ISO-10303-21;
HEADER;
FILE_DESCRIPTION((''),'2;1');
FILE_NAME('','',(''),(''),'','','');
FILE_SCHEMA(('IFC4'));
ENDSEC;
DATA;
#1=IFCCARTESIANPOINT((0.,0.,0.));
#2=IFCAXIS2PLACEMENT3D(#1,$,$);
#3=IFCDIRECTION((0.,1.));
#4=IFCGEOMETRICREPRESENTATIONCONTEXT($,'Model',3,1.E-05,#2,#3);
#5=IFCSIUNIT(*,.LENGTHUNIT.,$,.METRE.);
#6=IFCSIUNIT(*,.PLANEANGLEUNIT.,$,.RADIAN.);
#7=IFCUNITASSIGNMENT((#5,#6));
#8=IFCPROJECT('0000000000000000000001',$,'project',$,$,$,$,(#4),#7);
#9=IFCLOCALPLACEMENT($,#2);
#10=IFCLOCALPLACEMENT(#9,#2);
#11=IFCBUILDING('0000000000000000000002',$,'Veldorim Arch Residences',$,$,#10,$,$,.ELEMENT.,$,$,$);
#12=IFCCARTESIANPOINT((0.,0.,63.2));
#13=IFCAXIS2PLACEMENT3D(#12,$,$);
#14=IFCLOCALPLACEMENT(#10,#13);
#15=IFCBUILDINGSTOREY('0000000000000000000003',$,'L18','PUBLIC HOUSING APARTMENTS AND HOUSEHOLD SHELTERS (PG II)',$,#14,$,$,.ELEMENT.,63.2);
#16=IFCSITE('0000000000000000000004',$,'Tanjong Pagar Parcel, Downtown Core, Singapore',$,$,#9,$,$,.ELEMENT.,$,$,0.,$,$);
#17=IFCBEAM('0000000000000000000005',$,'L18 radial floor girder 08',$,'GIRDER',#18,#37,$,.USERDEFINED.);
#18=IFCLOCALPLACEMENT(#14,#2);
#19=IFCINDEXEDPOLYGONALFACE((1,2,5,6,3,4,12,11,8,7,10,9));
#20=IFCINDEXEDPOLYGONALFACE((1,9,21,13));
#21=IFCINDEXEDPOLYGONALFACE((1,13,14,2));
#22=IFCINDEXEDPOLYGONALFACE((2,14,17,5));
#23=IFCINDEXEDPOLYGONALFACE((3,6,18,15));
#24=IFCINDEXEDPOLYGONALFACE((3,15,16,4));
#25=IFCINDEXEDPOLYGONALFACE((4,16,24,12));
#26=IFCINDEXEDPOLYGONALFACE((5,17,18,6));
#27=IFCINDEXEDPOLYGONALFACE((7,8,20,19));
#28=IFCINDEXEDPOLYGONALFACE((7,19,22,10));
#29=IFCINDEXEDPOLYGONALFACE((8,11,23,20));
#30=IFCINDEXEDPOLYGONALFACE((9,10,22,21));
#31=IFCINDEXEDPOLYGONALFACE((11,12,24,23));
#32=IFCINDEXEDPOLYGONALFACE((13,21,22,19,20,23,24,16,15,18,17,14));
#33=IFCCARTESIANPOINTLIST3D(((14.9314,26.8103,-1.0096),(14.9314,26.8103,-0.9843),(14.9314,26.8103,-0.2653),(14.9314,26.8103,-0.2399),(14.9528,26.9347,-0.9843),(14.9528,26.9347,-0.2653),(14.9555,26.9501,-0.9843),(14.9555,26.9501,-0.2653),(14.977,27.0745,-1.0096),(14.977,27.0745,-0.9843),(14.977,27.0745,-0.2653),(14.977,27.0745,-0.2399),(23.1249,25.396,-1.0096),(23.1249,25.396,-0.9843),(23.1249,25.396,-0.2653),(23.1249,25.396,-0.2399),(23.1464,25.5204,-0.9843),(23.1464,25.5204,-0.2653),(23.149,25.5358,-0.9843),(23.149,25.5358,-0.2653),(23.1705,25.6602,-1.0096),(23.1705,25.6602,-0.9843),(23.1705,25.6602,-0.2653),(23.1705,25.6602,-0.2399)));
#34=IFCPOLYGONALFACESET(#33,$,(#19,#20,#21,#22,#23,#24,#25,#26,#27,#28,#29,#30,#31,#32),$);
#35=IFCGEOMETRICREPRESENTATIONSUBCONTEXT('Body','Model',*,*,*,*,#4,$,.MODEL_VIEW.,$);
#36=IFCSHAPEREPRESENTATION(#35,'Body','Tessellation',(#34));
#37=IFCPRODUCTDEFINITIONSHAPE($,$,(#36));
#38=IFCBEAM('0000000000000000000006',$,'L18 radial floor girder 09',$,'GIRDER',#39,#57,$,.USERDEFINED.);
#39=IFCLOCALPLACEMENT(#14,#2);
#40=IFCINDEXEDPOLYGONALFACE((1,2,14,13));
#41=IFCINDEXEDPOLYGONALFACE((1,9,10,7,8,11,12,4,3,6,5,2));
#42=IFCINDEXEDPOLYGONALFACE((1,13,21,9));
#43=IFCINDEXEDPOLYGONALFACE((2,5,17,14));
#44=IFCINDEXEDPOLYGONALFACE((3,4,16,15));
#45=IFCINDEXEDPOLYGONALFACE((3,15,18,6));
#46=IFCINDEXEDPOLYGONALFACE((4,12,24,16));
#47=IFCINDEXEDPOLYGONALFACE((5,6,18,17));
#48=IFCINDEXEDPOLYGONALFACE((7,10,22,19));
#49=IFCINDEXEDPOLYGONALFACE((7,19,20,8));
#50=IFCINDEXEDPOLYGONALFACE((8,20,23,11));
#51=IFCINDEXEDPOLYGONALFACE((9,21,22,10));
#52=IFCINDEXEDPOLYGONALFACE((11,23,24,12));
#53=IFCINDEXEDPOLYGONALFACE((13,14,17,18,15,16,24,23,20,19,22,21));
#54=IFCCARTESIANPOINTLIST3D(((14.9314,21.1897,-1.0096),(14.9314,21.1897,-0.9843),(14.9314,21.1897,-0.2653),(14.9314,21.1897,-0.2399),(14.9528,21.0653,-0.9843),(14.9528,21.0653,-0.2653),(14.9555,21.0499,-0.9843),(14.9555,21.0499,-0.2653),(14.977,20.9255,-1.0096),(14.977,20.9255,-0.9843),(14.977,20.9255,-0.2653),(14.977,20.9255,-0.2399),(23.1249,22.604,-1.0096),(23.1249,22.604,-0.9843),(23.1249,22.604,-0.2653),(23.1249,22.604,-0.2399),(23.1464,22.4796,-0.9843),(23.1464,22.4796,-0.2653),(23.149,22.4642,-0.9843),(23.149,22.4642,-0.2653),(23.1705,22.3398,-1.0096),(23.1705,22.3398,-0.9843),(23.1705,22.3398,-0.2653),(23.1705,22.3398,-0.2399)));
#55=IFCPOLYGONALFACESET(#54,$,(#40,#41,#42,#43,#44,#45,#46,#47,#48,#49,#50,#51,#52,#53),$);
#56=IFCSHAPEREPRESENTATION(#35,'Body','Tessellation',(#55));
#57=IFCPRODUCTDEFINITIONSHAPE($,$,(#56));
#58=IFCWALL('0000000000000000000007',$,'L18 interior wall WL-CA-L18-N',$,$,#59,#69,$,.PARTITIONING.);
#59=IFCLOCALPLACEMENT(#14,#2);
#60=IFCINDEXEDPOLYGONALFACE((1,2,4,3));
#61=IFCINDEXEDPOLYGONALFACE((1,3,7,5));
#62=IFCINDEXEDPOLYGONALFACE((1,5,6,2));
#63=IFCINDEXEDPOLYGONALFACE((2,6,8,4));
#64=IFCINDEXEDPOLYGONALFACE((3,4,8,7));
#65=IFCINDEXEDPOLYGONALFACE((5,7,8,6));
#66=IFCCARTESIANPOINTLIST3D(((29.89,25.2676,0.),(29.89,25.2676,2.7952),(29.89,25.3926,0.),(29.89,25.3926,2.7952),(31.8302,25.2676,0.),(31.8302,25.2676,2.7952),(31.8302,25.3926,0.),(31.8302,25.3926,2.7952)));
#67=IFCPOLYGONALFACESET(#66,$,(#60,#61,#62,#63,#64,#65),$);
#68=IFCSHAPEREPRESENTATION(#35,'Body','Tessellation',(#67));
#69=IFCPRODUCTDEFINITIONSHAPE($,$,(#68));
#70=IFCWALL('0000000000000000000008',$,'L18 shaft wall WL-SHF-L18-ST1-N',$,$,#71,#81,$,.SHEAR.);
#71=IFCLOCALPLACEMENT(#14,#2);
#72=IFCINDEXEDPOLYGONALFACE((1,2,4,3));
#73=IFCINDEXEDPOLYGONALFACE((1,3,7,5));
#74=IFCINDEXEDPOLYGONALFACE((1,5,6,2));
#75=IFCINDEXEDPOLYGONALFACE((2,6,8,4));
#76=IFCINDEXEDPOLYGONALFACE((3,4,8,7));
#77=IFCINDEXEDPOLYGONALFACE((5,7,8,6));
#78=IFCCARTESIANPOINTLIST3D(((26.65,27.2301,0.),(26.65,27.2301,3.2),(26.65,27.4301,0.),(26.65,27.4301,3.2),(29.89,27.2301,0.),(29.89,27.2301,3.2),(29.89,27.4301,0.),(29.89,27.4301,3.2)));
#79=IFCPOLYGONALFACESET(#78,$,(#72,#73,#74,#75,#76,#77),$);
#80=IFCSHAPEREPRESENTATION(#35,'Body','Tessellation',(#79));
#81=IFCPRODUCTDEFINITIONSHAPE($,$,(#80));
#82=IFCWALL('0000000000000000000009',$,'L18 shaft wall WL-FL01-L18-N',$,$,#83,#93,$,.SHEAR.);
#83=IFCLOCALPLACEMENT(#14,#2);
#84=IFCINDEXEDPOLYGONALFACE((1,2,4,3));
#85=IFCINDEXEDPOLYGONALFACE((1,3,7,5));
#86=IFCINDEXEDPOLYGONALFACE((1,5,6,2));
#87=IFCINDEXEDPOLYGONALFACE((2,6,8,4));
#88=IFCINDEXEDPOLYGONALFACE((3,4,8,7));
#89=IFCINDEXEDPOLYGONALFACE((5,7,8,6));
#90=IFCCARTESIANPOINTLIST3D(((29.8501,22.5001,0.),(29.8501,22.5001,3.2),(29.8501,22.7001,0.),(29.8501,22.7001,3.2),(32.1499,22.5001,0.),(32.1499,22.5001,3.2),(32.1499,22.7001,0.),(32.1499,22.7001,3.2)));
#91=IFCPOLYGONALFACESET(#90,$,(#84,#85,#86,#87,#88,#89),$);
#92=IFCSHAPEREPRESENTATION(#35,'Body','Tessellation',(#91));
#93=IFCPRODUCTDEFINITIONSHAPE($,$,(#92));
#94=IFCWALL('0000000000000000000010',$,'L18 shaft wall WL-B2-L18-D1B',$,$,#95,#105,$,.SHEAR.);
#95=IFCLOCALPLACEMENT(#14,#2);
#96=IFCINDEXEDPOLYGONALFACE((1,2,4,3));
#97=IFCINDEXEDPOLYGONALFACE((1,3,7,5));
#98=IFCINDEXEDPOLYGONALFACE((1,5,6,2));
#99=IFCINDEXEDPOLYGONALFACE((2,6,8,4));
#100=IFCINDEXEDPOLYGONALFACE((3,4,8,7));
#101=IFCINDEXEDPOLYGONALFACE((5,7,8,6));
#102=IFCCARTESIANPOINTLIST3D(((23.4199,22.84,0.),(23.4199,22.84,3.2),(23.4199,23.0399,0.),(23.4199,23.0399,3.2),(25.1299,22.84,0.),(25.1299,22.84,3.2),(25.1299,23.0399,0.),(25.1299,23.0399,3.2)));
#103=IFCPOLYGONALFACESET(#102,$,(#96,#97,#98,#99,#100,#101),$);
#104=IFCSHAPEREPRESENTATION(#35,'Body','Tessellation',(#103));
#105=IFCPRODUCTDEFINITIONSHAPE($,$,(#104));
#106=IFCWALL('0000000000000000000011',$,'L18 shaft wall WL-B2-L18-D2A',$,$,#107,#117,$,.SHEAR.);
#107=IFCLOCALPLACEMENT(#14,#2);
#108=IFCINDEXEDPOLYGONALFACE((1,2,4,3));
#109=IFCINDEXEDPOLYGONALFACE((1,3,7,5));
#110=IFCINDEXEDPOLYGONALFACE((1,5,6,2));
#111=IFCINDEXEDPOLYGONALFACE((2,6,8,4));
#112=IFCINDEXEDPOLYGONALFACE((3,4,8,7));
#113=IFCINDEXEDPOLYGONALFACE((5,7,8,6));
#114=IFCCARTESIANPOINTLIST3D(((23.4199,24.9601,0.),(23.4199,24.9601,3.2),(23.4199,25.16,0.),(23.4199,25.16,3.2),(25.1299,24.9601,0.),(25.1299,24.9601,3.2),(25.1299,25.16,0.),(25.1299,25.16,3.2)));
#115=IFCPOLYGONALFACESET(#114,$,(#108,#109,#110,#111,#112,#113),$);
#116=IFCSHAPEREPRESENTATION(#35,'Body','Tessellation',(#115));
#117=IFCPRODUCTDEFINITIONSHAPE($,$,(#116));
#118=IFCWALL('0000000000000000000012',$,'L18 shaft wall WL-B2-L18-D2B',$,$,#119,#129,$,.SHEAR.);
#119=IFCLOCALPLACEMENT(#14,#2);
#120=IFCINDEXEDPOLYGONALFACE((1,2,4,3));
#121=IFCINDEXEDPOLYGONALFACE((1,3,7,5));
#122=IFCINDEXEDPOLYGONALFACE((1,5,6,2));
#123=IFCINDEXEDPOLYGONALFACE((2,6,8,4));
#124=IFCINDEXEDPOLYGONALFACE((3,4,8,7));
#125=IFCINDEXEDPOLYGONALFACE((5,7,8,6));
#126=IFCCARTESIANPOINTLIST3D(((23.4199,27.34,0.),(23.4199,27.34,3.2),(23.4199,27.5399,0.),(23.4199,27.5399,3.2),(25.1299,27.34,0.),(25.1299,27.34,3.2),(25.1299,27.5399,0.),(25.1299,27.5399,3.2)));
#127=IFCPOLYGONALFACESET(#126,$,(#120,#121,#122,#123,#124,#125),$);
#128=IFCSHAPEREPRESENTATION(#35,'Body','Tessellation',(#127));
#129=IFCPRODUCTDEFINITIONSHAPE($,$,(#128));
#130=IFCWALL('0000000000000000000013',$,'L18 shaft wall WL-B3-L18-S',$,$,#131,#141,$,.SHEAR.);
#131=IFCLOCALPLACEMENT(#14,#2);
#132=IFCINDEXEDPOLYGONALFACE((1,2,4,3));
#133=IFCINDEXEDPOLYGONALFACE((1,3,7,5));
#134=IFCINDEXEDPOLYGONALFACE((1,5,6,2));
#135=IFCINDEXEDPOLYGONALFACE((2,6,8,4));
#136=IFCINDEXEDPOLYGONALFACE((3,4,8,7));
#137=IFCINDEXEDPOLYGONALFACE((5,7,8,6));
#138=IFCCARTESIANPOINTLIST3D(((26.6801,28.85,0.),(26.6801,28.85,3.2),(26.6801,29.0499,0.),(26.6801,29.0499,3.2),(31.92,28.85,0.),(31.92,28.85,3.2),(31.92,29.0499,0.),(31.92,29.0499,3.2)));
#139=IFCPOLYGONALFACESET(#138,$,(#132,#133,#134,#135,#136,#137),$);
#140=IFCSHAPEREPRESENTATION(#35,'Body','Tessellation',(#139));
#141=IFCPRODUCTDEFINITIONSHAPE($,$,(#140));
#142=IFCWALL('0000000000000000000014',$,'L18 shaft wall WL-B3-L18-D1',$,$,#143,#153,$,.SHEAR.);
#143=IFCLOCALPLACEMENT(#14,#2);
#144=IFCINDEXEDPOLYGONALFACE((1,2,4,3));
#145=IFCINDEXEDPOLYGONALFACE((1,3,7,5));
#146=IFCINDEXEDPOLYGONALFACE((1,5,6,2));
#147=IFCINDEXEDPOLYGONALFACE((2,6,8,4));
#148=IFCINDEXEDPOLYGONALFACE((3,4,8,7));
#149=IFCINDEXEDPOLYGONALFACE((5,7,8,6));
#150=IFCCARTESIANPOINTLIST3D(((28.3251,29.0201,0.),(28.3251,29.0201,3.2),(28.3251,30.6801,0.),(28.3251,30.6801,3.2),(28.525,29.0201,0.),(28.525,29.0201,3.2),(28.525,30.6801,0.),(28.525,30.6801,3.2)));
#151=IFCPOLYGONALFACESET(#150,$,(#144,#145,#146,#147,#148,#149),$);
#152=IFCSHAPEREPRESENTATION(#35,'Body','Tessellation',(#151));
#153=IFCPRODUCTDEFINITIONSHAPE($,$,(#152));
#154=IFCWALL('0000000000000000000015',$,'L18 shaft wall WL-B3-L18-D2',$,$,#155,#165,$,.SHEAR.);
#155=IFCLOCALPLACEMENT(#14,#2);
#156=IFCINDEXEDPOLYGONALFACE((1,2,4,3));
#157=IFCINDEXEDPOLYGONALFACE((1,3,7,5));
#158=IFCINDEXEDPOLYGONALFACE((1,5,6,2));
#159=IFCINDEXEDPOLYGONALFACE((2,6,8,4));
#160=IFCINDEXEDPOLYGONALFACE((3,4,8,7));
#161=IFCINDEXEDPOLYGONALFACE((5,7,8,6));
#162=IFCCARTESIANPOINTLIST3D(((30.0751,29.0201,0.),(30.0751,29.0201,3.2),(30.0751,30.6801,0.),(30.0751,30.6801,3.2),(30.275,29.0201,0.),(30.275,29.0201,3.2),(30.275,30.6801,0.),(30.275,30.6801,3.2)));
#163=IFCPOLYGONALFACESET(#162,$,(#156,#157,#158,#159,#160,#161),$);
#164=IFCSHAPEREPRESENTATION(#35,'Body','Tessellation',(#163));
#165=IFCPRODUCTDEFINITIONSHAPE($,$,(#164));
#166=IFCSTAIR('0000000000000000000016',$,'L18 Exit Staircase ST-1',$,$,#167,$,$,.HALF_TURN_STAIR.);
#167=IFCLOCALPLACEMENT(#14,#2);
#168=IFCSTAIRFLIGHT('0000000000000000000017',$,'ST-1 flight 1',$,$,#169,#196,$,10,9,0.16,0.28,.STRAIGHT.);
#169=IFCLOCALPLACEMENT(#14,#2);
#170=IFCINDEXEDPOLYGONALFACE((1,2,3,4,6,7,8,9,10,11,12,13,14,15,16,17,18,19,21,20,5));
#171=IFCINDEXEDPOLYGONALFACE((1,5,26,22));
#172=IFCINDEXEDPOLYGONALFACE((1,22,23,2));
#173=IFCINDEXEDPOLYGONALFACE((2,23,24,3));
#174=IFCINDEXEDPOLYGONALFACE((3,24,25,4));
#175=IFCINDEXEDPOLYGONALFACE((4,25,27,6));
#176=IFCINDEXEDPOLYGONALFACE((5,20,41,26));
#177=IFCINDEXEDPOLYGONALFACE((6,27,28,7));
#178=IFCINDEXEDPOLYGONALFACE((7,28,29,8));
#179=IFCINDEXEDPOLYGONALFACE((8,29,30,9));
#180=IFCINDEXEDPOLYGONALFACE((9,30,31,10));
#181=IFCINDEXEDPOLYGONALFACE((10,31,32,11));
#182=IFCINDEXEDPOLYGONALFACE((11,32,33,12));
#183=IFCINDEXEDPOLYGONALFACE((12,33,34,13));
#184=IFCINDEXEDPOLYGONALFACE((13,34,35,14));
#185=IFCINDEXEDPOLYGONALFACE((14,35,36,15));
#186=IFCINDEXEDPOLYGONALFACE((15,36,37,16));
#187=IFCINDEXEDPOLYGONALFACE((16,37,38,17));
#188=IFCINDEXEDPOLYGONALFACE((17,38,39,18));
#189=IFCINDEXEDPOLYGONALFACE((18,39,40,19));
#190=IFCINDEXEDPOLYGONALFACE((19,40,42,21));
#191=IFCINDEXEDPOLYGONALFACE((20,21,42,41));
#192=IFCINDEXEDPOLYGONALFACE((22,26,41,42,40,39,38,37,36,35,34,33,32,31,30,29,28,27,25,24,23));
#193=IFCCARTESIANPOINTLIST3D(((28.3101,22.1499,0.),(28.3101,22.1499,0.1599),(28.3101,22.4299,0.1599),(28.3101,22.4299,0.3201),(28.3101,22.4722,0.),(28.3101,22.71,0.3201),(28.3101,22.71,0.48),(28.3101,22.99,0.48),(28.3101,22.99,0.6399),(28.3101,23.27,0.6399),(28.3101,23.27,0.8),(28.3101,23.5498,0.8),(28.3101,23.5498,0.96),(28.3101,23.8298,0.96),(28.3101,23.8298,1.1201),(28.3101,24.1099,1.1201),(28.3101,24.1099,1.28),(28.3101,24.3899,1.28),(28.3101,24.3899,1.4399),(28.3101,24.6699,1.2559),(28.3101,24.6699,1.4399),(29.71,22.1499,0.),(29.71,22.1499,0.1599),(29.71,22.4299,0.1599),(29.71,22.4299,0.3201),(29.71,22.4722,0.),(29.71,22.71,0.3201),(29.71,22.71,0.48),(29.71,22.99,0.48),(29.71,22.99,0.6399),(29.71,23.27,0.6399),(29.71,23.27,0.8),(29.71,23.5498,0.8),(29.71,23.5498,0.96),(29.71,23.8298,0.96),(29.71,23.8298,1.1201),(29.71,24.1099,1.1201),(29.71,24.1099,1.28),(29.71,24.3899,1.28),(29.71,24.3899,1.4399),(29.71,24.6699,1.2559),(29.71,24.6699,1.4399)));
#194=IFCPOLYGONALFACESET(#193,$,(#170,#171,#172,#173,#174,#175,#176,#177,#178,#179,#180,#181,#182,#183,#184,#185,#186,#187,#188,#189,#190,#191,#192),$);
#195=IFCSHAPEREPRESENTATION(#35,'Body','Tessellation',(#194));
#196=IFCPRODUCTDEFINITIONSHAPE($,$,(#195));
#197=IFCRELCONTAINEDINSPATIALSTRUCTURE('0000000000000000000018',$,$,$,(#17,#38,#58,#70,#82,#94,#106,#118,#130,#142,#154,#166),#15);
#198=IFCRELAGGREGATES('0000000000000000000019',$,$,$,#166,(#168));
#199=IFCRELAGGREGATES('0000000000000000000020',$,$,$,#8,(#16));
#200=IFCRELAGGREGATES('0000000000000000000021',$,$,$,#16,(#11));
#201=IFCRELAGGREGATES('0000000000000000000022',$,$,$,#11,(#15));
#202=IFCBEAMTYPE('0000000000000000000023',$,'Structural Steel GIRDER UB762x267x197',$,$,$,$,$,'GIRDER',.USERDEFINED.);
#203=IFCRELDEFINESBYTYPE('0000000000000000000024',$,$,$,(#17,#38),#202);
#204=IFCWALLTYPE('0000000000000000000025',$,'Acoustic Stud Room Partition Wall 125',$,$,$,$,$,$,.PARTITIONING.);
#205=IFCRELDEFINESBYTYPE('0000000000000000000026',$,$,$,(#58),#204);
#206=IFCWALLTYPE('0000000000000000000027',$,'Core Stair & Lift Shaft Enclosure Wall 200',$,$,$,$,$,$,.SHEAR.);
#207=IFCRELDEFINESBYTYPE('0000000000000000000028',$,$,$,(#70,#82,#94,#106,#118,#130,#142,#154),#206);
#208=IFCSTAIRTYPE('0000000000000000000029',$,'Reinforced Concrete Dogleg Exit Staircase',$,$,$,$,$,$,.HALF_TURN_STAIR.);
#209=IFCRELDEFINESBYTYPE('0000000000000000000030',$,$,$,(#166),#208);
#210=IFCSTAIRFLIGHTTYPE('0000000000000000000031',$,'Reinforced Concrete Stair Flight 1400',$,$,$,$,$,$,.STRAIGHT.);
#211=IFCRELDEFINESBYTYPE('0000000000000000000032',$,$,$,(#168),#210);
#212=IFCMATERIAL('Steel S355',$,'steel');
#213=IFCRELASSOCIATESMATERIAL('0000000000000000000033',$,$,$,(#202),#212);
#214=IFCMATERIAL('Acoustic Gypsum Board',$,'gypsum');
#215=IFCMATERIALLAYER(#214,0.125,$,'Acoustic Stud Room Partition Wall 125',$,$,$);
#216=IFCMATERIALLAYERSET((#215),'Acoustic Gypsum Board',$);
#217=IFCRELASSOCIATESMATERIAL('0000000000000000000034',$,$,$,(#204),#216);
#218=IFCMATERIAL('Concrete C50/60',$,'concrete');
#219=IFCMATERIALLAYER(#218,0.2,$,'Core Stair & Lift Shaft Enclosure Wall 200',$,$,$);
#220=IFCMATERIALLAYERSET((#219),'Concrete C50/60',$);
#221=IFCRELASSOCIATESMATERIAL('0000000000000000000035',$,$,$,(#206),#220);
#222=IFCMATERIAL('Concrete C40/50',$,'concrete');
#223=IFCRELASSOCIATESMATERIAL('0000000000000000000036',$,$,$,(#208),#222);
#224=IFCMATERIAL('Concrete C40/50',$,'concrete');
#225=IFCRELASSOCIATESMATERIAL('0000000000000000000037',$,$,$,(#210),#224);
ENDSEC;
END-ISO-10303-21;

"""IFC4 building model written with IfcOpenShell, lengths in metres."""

from ifc_helpers import new_model, si_unit, direction, frame, frame_2d, origin, origin_2d, place, context, subcontext, project, spatial, polyline, rectangle, i_section, outline, extrude, material, layer, layer_set, material_profile, profile_set, type_object, element, aggregate, save


model = new_model("IFC4")

# Units and contexts
model_context = context("Model", 3, precision=1e-05, world=origin(), true_north=direction((0.0, 1.0)))
body_context = subcontext(model_context, "Body", "Model", "MODEL_VIEW")
ifc_project = project(units=[si_unit("LENGTHUNIT", "METRE"), si_unit("PLANEANGLEUNIT", "RADIAN")], contexts=[model_context])

# Site, building, storey
site_placement = place(None, origin())
site = spatial("IfcSite", under=ifc_project, at=site_placement, Name="Tanjong Pagar Parcel, Downtown Core, Singapore", CompositionType="ELEMENT", RefElevation=0.0)
building_placement = place(site_placement, origin())
building = spatial("IfcBuilding", under=site, at=building_placement, Name="Veldorim Arch Residences", CompositionType="ELEMENT")
storey_placement = place(building_placement, frame((0.0, 0.0, 63.2)))
storey = spatial("IfcBuildingStorey", under=building, at=storey_placement, Name="L18", Description="PUBLIC HOUSING APARTMENTS AND HOUSEHOLD SHELTERS (PG II)", CompositionType="ELEMENT", Elevation=63.2)

# Beams
ifc_material_1 = material(Name="Steel S355", Category="steel")
ifc_material_profile = material_profile(ifc_material_1, i_section(OverallWidth=0.2681, OverallDepth=0.7698, WebThickness=0.0156, FlangeThickness=0.0254, at=origin_2d()), Name="UB762x267x197")
ifc_profile_set = profile_set([ifc_material_profile], Name="Steel S355")
beam_type = type_object("IfcBeamType", Name="Structural Steel GIRDER UB762x267x197", ElementType="GIRDER", PredefinedType="USERDEFINED", material=ifc_profile_set)
for number, where, z_axis, x_axis, name in (
    (1, (23.1477, 25.5281, -0.6248), (-0.985428, 0.170096, 0.0), (-0.170096, -0.985428, 0.0), "L18 radial floor girder 08"),
    (2, (23.1477, 22.4719, -0.6248), (-0.985428, -0.170096, 0.0), (0.170096, -0.985428, 0.0), "L18 radial floor girder 09"),
):
    element("IfcBeam", number, at=place(storey_placement, frame(where, z_axis=z_axis, x_axis=x_axis)), inside=storey, type_object=beam_type, Name=name, ObjectType="GIRDER", PredefinedType="USERDEFINED", context=body_context, shape_type="SweptSolid", body=[
        extrude(i_section(OverallWidth=0.2681, OverallDepth=0.7698, WebThickness=0.0156, FlangeThickness=0.0254, at=origin_2d()), origin(), (0.0, 0.0, 1.0), 8.3147),
    ])

# Walls
ifc_material_2 = material(Name="Acoustic Gypsum Board", Category="gypsum")
ifc_layer_1 = layer(ifc_material_2, 0.125, Name="Acoustic Stud Room Partition Wall 125")
ifc_layer_set_1 = layer_set([ifc_layer_1], Name="Acoustic Gypsum Board")
wall_type_1 = type_object("IfcWallType", Name="Acoustic Stud Room Partition Wall 125", PredefinedType="PARTITIONING", material=ifc_layer_set_1)
wall_1_placement = place(storey_placement, frame((29.8899, 25.3301, 0.0), z_axis=(0.0, 0.0, 1.0), x_axis=(1.0, 0.0, 0.0)))
element("IfcWall", 3, at=wall_1_placement, inside=storey, type_object=wall_type_1, Name="L18 interior wall WL-CA-L18-N", PredefinedType="PARTITIONING", context=body_context, shape_type="SweptSolid", body=[
    extrude(rectangle(XDim=1.9402, YDim=0.125, at=frame_2d((0.9702, 0.0))), origin(), (0.0, 0.0, 1.0), 2.7952),
])
ifc_material_3 = material(Name="Concrete C50/60", Category="concrete")
ifc_layer_2 = layer(ifc_material_3, 0.2, Name="Core Stair & Lift Shaft Enclosure Wall 200")
ifc_layer_set_2 = layer_set([ifc_layer_2], Name="Concrete C50/60")
wall_type_2 = type_object("IfcWallType", Name="Core Stair & Lift Shaft Enclosure Wall 200", PredefinedType="SHEAR", material=ifc_layer_set_2)
wall_2_placement = place(storey_placement, frame((26.6499, 27.3301, 0.0), z_axis=(0.0, 0.0, 1.0), x_axis=(1.0, 0.0, 0.0)))
element("IfcWall", 4, at=wall_2_placement, inside=storey, type_object=wall_type_2, Name="L18 shaft wall WL-SHF-L18-ST1-N", PredefinedType="SHEAR", context=body_context, shape_type="SweptSolid", body=[
    extrude(rectangle(XDim=3.24, YDim=0.2, at=frame_2d((1.6201, 0.0))), origin(), (0.0, 0.0, 1.0), 3.2),
])
wall_3_placement = place(storey_placement, frame((29.8501, 22.6001, 0.0), z_axis=(0.0, 0.0, 1.0), x_axis=(1.0, 0.0, 0.0)))
element("IfcWall", 5, at=wall_3_placement, inside=storey, type_object=wall_type_2, Name="L18 shaft wall WL-FL01-L18-N", PredefinedType="SHEAR", context=body_context, shape_type="SweptSolid", body=[
    extrude(rectangle(XDim=2.2998, YDim=0.2, at=frame_2d((1.1499, 0.0))), origin(), (0.0, 0.0, 1.0), 3.2),
])

# Walls
for number, where, z_axis, x_axis, name in (
    (6, (23.4199, 22.9399, 0.0), (0.0, 0.0, 1.0), (1.0, 0.0, 0.0), "L18 shaft wall WL-B2-L18-D1B"),
    (7, (23.4199, 25.0601, 0.0), (0.0, 0.0, 1.0), (1.0, 0.0, 0.0), "L18 shaft wall WL-B2-L18-D2A"),
    (8, (23.4199, 27.4399, 0.0), (0.0, 0.0, 1.0), (1.0, 0.0, 0.0), "L18 shaft wall WL-B2-L18-D2B"),
):
    element("IfcWall", number, at=place(storey_placement, frame(where, z_axis=z_axis, x_axis=x_axis)), inside=storey, type_object=wall_type_2, Name=name, PredefinedType="SHEAR", context=body_context, shape_type="SweptSolid", body=[
        extrude(rectangle(XDim=1.71, YDim=0.2, at=frame_2d((0.855, 0.0))), origin(), (0.0, 0.0, 1.0), 3.2),
    ])
wall_4_placement = place(storey_placement, frame((26.6799, 28.95, 0.0), z_axis=(0.0, 0.0, 1.0), x_axis=(1.0, 0.0, 0.0)))
element("IfcWall", 9, at=wall_4_placement, inside=storey, type_object=wall_type_2, Name="L18 shaft wall WL-B3-L18-S", PredefinedType="SHEAR", context=body_context, shape_type="SweptSolid", body=[
    extrude(rectangle(XDim=5.24, YDim=0.2, at=frame_2d((2.6201, 0.0))), origin(), (0.0, 0.0, 1.0), 3.2),
])
for number, where, z_axis, x_axis, name in (
    (10, (28.425, 29.02, 0.0), (0.0, 0.0, 1.0), (0.0, 1.0, 0.0), "L18 shaft wall WL-B3-L18-D1"),
    (11, (30.175, 29.02, 0.0), (0.0, 0.0, 1.0), (0.0, 1.0, 0.0), "L18 shaft wall WL-B3-L18-D2"),
):
    element("IfcWall", number, at=place(storey_placement, frame(where, z_axis=z_axis, x_axis=x_axis)), inside=storey, type_object=wall_type_2, Name=name, PredefinedType="SHEAR", context=body_context, shape_type="SweptSolid", body=[
        extrude(rectangle(XDim=1.6599, YDim=0.2, at=frame_2d((0.8301, 0.0))), origin(), (0.0, 0.0, 1.0), 3.2),
    ])

# Stair, stair flight
ifc_material_4 = material(Name="Concrete C40/50", Category="concrete")
stair_type = type_object("IfcStairType", Name="Reinforced Concrete Dogleg Exit Staircase", PredefinedType="HALF_TURN_STAIR", material=ifc_material_4)
stair_placement = place(storey_placement, origin())
stair = element("IfcStair", 12, at=stair_placement, inside=storey, type_object=stair_type, Name="L18 Exit Staircase ST-1", PredefinedType="HALF_TURN_STAIR")
ifc_material_5 = material(Name="Concrete C40/50", Category="concrete")
stair_flight_type = type_object("IfcStairFlightType", Name="Reinforced Concrete Stair Flight 1400", PredefinedType="STRAIGHT", material=ifc_material_5)
stair_flight_1_placement = place(storey_placement, frame((29.01, 22.1499, 0.0), z_axis=(0.0, 0.0, 1.0), x_axis=(0.0, 1.0, 0.0)))
stair_flight_1 = element("IfcStairFlight", 13, at=stair_flight_1_placement, type_object=stair_flight_type, Name="ST-1 flight 1", NumberOfRisers=10, NumberOfTreads=9, PredefinedType="STRAIGHT", RiserHeight=0.16, TreadLength=0.28, context=body_context, shape_type="SweptSolid", body=[
    extrude(outline(polyline([(0.0, 0.0), (0.0, 0.1599), (0.28, 0.1599), (0.28, 0.3201), (0.5601, 0.3201), (0.5601, 0.48), (0.8401, 0.48), (0.8401, 0.6399), (1.1201, 0.6399), (1.1201, 0.8), (1.3999, 0.8), (1.3999, 0.96), (1.6799, 0.96), (1.6799, 1.1201), (1.96, 1.1201), (1.96, 1.28), (2.24, 1.28), (2.24, 1.4399), (2.52, 1.4399), (2.52, 1.6001), (2.52, 1.2559), (0.3223, 0.0), (0.0, 0.0)])), frame((0.0, 0.7, 0.0), z_axis=(0.0, -1.0, 0.0), x_axis=(1.0, 0.0, 0.0)), (0.0, 0.0, 1.0), 1.3999),
])
aggregate(stair, [stair_flight_1])

save(model, "model.ifc")
